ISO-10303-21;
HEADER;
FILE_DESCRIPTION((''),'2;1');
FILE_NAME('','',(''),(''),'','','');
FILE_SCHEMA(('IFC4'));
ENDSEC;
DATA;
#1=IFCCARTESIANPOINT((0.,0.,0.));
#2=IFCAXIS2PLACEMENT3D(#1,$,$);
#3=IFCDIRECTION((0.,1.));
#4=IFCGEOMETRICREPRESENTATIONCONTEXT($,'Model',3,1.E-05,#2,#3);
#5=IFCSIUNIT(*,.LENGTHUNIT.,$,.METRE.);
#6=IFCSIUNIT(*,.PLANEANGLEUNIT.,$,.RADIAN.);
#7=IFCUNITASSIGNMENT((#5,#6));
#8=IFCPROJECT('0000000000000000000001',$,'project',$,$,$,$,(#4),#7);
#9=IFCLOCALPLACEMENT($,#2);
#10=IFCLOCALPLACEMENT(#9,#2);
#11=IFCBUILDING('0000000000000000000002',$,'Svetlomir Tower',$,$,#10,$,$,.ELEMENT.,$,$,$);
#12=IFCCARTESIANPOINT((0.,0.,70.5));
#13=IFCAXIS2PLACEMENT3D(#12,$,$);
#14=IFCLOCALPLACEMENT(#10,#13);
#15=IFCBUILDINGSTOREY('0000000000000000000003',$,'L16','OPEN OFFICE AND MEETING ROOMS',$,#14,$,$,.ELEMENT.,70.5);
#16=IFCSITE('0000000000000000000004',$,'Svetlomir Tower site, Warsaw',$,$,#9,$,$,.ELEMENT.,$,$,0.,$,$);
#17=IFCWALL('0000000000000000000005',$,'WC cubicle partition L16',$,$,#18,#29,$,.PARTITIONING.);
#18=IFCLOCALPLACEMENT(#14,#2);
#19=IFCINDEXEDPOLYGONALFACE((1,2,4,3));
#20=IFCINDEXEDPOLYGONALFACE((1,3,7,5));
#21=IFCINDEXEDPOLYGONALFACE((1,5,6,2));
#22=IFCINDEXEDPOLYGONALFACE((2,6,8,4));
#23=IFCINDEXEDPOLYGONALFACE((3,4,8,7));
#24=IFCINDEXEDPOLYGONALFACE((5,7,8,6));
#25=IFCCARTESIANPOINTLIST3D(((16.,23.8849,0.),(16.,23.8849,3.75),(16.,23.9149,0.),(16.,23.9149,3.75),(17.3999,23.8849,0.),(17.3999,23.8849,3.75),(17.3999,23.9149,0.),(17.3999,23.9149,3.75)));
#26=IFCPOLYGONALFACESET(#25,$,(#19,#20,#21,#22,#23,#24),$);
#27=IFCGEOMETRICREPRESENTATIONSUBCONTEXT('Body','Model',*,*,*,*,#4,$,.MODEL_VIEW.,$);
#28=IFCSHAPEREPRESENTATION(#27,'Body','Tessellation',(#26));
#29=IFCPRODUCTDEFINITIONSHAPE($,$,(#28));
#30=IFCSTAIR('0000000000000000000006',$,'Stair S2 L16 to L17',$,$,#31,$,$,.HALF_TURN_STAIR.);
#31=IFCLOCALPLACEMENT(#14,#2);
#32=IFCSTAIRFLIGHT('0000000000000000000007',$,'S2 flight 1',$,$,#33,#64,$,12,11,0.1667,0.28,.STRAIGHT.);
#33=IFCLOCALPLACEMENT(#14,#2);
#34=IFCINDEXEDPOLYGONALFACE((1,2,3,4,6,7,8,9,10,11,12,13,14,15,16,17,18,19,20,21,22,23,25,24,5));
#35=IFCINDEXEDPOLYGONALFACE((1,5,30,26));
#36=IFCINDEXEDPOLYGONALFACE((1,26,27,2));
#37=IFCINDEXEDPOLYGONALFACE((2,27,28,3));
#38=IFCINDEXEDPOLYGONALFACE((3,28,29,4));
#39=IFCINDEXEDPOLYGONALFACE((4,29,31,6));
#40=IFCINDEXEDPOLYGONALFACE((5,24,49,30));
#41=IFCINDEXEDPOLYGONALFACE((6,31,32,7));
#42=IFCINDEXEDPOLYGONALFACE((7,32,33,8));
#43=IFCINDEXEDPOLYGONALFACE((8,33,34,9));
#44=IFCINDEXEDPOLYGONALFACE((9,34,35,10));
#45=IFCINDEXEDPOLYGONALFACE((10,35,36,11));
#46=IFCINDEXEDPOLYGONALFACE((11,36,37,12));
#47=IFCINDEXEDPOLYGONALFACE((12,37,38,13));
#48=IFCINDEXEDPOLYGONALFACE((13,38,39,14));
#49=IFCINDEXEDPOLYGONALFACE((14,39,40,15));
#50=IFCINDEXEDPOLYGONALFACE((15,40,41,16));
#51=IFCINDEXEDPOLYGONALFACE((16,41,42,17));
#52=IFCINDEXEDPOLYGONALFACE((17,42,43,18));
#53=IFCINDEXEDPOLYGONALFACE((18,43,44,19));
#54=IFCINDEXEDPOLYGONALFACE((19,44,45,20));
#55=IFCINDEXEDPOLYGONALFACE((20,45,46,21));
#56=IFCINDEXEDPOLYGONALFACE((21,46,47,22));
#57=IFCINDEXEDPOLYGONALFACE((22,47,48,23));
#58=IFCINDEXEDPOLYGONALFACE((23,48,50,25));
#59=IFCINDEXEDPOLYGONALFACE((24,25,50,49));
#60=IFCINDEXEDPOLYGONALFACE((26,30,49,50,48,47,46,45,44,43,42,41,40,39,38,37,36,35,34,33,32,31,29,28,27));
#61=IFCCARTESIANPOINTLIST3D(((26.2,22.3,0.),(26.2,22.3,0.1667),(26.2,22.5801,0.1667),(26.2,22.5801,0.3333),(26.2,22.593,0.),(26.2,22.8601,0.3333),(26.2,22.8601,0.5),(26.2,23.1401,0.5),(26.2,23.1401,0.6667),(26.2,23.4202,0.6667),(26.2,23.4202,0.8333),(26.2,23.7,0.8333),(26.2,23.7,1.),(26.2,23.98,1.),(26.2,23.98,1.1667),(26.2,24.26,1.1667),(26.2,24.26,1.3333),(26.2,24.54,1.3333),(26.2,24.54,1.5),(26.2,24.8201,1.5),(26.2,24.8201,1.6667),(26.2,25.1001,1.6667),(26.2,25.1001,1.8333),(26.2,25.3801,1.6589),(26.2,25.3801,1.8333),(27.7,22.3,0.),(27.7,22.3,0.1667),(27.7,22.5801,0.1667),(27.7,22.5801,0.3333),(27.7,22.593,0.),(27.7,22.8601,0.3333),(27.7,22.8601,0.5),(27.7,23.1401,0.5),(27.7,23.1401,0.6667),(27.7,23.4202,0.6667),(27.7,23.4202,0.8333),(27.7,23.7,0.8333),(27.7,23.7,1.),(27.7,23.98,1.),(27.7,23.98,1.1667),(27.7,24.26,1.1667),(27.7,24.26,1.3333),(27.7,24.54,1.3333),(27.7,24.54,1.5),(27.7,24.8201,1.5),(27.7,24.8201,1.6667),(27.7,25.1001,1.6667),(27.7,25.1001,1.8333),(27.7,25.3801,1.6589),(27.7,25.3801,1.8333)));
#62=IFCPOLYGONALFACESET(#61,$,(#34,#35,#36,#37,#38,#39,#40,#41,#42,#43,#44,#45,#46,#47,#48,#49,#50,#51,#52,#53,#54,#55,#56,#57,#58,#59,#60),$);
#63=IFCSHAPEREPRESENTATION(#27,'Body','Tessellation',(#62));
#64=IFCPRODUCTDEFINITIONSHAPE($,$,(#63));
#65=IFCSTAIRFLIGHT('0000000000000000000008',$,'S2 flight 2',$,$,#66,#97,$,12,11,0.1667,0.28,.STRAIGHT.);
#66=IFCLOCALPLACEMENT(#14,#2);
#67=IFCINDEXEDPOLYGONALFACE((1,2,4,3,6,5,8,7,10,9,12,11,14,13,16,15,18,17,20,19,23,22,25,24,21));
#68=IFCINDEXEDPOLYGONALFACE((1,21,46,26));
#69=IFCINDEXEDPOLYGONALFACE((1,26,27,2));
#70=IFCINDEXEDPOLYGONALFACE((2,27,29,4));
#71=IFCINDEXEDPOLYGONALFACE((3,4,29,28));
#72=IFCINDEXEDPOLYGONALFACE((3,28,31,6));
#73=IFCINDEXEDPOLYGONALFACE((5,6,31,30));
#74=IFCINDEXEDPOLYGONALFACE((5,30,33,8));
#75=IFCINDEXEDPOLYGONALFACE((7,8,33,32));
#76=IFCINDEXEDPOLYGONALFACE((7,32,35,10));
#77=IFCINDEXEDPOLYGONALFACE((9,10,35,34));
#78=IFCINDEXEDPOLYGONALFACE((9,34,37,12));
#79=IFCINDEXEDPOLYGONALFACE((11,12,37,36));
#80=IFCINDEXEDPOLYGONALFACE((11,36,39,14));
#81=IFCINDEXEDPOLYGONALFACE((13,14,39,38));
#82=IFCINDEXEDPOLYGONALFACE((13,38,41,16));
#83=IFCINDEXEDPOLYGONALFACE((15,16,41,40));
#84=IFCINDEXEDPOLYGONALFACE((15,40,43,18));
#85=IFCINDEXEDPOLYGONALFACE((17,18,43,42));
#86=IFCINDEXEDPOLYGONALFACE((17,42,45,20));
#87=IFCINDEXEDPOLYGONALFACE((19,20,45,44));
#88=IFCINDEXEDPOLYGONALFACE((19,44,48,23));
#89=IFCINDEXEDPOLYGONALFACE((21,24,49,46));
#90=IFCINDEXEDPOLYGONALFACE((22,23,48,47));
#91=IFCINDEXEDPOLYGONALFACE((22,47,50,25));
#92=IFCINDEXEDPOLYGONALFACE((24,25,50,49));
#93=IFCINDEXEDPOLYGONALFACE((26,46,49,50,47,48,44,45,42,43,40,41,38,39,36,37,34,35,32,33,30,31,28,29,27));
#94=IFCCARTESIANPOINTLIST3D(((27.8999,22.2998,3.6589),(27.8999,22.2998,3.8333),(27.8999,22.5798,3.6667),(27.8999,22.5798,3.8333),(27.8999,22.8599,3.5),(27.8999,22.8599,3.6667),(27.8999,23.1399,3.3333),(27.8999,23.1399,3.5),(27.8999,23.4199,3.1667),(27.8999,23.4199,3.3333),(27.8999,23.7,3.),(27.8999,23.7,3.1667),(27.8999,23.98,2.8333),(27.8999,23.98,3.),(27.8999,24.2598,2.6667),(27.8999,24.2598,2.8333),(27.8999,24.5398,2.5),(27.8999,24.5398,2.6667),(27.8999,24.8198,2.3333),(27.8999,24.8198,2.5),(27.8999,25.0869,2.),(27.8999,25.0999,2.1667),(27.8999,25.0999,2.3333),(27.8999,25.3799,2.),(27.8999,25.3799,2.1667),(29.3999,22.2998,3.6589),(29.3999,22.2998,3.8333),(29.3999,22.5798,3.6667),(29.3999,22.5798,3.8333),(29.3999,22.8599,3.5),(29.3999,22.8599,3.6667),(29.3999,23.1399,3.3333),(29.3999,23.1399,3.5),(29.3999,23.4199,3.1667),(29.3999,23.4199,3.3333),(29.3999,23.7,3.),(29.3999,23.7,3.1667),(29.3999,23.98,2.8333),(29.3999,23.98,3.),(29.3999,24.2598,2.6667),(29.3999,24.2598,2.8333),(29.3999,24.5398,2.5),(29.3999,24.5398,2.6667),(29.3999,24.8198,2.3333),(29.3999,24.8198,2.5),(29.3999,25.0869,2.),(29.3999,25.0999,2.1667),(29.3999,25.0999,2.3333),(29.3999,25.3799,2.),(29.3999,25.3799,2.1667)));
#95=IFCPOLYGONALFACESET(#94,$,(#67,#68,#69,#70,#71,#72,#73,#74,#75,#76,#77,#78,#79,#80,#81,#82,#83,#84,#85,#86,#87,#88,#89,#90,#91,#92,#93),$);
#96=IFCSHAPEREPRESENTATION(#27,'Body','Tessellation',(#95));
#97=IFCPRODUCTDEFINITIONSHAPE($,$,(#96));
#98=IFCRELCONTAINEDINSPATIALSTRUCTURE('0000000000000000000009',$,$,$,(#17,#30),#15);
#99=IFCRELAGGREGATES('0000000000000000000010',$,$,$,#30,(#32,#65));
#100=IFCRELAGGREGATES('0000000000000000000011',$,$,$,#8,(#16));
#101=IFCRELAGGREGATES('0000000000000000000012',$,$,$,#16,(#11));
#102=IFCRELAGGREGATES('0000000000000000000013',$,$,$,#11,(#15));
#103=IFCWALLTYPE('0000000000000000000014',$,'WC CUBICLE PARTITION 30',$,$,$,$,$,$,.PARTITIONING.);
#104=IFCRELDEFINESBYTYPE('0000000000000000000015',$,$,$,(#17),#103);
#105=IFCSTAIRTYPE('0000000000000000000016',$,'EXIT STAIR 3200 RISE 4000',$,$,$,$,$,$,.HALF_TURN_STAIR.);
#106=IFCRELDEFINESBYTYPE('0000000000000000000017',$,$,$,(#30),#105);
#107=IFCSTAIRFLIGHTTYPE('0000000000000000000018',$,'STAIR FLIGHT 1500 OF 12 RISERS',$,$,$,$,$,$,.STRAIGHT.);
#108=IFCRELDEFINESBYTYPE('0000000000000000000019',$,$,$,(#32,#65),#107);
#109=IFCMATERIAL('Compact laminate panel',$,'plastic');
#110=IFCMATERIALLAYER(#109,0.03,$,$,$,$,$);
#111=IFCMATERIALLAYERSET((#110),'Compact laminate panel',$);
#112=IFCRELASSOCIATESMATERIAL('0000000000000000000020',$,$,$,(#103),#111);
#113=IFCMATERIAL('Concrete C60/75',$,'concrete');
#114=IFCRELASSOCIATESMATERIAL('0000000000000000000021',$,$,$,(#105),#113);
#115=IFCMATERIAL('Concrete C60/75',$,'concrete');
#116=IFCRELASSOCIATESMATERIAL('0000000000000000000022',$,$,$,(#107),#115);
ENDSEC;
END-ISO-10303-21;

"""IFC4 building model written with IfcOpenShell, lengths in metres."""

from ifc_helpers import new_model, si_unit, direction, frame, frame_2d, origin, place, context, subcontext, project, spatial, polyline, rectangle, outline, extrude, material, layer, layer_set, type_object, element, aggregate, save


model = new_model("IFC4")

# Units and contexts
model_context = context("Model", 3, precision=1e-05, world=origin(), true_north=direction((0.0, 1.0)))
body_context = subcontext(model_context, "Body", "Model", "MODEL_VIEW")
ifc_project = project(units=[si_unit("LENGTHUNIT", "METRE"), si_unit("PLANEANGLEUNIT", "RADIAN")], contexts=[model_context])

# Site, building, storey
site_placement = place(None, origin())
site = spatial("IfcSite", under=ifc_project, at=site_placement, Name="Svetlomir Tower site, Warsaw", CompositionType="ELEMENT", RefElevation=0.0)
building_placement = place(site_placement, origin())
building = spatial("IfcBuilding", under=site, at=building_placement, Name="Svetlomir Tower", CompositionType="ELEMENT")
storey_placement = place(building_placement, frame((0.0, 0.0, 70.5)))
storey = spatial("IfcBuildingStorey", under=building, at=storey_placement, Name="L16", Description="OPEN OFFICE AND MEETING ROOMS", CompositionType="ELEMENT", Elevation=70.5)

# Wall
ifc_material_1 = material(Name="Compact laminate panel", Category="plastic")
ifc_layer_1 = layer(ifc_material_1, 0.03)
ifc_layer_set_1 = layer_set([ifc_layer_1], Name="Compact laminate panel")
wall_type_1 = type_object("IfcWallType", Name="WC CUBICLE PARTITION 30", PredefinedType="PARTITIONING", material=ifc_layer_set_1)
wall_1_placement = place(storey_placement, frame((16.0, 23.8999, 0.0), z_axis=(0.0, 0.0, 1.0), x_axis=(1.0, 0.0, 0.0)))
element("IfcWall", 1, at=wall_1_placement, inside=storey, type_object=wall_type_1, Name="WC cubicle partition L16", PredefinedType="PARTITIONING", context=body_context, shape_type="SweptSolid", body=[
    extrude(rectangle(XDim=1.3999, YDim=0.03, at=frame_2d((0.7, 0.0))), origin(), (0.0, 0.0, 1.0), 3.75),
])

# Stair, stair flights
ifc_material_2 = material(Name="Concrete C60/75", Category="concrete")
stair_type = type_object("IfcStairType", Name="EXIT STAIR 3200 RISE 4000", PredefinedType="HALF_TURN_STAIR", material=ifc_material_2)
stair_placement = place(storey_placement, origin())
stair = element("IfcStair", 2, at=stair_placement, inside=storey, type_object=stair_type, Name="Stair S2 L16 to L17", PredefinedType="HALF_TURN_STAIR")
ifc_material_3 = material(Name="Concrete C60/75", Category="concrete")
stair_flight_type = type_object("IfcStairFlightType", Name="STAIR FLIGHT 1500 OF 12 RISERS", PredefinedType="STRAIGHT", material=ifc_material_3)
stair_flight_1_placement = place(storey_placement, frame((26.95, 22.3, 0.0), z_axis=(0.0, 0.0, 1.0), x_axis=(0.0, 1.0, 0.0)))
stair_flight_1 = element("IfcStairFlight", 3, at=stair_flight_1_placement, type_object=stair_flight_type, Name="S2 flight 1", NumberOfRisers=12, NumberOfTreads=11, PredefinedType="STRAIGHT", RiserHeight=0.1667, TreadLength=0.28, context=body_context, shape_type="SweptSolid", body=[
    extrude(outline(polyline([(0.0, 0.0), (0.0, 0.1667), (0.28, 0.1667), (0.28, 0.3333), (0.5601, 0.3333), (0.5601, 0.5), (0.8401, 0.5), (0.8401, 0.6667), (1.1201, 0.6667), (1.1201, 0.8333), (1.3999, 0.8333), (1.3999, 1.0), (1.6799, 1.0), (1.6799, 1.1667), (1.96, 1.1667), (1.96, 1.3333), (2.24, 1.3333), (2.24, 1.5), (2.52, 1.5), (2.52, 1.6667), (2.8, 1.6667), (2.8, 1.8333), (3.0801, 1.8333), (3.0801, 2.0), (3.0801, 1.6589), (0.293, 0.0), (0.0, 0.0)])), frame((0.0, 0.75, 0.0), z_axis=(0.0, -1.0, 0.0), x_axis=(1.0, 0.0, 0.0)), (0.0, 0.0, 1.0), 1.5),
])
stair_flight_2_placement = place(storey_placement, frame((28.6499, 25.3799, 2.0), z_axis=(0.0, 0.0, 1.0), x_axis=(0.0, -1.0, 0.0)))
stair_flight_2 = element("IfcStairFlight", 4, at=stair_flight_2_placement, type_object=stair_flight_type, Name="S2 flight 2", NumberOfRisers=12, NumberOfTreads=11, PredefinedType="STRAIGHT", RiserHeight=0.1667, TreadLength=0.28, context=body_context, shape_type="SweptSolid", body=[
    extrude(outline(polyline([(0.0, 0.0), (0.0, 0.1667), (0.28, 0.1667), (0.28, 0.3333), (0.5601, 0.3333), (0.5601, 0.5), (0.8401, 0.5), (0.8401, 0.6667), (1.1201, 0.6667), (1.1201, 0.8333), (1.3999, 0.8333), (1.3999, 1.0), (1.6799, 1.0), (1.6799, 1.1667), (1.96, 1.1667), (1.96, 1.3333), (2.24, 1.3333), (2.24, 1.5), (2.52, 1.5), (2.52, 1.6667), (2.8, 1.6667), (2.8, 1.8333), (3.0801, 1.8333), (3.0801, 2.0), (3.0801, 1.6589), (0.293, 0.0), (0.0, 0.0)])), frame((0.0, 0.75, 0.0), z_axis=(0.0, -1.0, 0.0), x_axis=(1.0, 0.0, 0.0)), (0.0, 0.0, 1.0), 1.5),
])
aggregate(stair, [stair_flight_1, stair_flight_2])

save(model, "model.ifc")
